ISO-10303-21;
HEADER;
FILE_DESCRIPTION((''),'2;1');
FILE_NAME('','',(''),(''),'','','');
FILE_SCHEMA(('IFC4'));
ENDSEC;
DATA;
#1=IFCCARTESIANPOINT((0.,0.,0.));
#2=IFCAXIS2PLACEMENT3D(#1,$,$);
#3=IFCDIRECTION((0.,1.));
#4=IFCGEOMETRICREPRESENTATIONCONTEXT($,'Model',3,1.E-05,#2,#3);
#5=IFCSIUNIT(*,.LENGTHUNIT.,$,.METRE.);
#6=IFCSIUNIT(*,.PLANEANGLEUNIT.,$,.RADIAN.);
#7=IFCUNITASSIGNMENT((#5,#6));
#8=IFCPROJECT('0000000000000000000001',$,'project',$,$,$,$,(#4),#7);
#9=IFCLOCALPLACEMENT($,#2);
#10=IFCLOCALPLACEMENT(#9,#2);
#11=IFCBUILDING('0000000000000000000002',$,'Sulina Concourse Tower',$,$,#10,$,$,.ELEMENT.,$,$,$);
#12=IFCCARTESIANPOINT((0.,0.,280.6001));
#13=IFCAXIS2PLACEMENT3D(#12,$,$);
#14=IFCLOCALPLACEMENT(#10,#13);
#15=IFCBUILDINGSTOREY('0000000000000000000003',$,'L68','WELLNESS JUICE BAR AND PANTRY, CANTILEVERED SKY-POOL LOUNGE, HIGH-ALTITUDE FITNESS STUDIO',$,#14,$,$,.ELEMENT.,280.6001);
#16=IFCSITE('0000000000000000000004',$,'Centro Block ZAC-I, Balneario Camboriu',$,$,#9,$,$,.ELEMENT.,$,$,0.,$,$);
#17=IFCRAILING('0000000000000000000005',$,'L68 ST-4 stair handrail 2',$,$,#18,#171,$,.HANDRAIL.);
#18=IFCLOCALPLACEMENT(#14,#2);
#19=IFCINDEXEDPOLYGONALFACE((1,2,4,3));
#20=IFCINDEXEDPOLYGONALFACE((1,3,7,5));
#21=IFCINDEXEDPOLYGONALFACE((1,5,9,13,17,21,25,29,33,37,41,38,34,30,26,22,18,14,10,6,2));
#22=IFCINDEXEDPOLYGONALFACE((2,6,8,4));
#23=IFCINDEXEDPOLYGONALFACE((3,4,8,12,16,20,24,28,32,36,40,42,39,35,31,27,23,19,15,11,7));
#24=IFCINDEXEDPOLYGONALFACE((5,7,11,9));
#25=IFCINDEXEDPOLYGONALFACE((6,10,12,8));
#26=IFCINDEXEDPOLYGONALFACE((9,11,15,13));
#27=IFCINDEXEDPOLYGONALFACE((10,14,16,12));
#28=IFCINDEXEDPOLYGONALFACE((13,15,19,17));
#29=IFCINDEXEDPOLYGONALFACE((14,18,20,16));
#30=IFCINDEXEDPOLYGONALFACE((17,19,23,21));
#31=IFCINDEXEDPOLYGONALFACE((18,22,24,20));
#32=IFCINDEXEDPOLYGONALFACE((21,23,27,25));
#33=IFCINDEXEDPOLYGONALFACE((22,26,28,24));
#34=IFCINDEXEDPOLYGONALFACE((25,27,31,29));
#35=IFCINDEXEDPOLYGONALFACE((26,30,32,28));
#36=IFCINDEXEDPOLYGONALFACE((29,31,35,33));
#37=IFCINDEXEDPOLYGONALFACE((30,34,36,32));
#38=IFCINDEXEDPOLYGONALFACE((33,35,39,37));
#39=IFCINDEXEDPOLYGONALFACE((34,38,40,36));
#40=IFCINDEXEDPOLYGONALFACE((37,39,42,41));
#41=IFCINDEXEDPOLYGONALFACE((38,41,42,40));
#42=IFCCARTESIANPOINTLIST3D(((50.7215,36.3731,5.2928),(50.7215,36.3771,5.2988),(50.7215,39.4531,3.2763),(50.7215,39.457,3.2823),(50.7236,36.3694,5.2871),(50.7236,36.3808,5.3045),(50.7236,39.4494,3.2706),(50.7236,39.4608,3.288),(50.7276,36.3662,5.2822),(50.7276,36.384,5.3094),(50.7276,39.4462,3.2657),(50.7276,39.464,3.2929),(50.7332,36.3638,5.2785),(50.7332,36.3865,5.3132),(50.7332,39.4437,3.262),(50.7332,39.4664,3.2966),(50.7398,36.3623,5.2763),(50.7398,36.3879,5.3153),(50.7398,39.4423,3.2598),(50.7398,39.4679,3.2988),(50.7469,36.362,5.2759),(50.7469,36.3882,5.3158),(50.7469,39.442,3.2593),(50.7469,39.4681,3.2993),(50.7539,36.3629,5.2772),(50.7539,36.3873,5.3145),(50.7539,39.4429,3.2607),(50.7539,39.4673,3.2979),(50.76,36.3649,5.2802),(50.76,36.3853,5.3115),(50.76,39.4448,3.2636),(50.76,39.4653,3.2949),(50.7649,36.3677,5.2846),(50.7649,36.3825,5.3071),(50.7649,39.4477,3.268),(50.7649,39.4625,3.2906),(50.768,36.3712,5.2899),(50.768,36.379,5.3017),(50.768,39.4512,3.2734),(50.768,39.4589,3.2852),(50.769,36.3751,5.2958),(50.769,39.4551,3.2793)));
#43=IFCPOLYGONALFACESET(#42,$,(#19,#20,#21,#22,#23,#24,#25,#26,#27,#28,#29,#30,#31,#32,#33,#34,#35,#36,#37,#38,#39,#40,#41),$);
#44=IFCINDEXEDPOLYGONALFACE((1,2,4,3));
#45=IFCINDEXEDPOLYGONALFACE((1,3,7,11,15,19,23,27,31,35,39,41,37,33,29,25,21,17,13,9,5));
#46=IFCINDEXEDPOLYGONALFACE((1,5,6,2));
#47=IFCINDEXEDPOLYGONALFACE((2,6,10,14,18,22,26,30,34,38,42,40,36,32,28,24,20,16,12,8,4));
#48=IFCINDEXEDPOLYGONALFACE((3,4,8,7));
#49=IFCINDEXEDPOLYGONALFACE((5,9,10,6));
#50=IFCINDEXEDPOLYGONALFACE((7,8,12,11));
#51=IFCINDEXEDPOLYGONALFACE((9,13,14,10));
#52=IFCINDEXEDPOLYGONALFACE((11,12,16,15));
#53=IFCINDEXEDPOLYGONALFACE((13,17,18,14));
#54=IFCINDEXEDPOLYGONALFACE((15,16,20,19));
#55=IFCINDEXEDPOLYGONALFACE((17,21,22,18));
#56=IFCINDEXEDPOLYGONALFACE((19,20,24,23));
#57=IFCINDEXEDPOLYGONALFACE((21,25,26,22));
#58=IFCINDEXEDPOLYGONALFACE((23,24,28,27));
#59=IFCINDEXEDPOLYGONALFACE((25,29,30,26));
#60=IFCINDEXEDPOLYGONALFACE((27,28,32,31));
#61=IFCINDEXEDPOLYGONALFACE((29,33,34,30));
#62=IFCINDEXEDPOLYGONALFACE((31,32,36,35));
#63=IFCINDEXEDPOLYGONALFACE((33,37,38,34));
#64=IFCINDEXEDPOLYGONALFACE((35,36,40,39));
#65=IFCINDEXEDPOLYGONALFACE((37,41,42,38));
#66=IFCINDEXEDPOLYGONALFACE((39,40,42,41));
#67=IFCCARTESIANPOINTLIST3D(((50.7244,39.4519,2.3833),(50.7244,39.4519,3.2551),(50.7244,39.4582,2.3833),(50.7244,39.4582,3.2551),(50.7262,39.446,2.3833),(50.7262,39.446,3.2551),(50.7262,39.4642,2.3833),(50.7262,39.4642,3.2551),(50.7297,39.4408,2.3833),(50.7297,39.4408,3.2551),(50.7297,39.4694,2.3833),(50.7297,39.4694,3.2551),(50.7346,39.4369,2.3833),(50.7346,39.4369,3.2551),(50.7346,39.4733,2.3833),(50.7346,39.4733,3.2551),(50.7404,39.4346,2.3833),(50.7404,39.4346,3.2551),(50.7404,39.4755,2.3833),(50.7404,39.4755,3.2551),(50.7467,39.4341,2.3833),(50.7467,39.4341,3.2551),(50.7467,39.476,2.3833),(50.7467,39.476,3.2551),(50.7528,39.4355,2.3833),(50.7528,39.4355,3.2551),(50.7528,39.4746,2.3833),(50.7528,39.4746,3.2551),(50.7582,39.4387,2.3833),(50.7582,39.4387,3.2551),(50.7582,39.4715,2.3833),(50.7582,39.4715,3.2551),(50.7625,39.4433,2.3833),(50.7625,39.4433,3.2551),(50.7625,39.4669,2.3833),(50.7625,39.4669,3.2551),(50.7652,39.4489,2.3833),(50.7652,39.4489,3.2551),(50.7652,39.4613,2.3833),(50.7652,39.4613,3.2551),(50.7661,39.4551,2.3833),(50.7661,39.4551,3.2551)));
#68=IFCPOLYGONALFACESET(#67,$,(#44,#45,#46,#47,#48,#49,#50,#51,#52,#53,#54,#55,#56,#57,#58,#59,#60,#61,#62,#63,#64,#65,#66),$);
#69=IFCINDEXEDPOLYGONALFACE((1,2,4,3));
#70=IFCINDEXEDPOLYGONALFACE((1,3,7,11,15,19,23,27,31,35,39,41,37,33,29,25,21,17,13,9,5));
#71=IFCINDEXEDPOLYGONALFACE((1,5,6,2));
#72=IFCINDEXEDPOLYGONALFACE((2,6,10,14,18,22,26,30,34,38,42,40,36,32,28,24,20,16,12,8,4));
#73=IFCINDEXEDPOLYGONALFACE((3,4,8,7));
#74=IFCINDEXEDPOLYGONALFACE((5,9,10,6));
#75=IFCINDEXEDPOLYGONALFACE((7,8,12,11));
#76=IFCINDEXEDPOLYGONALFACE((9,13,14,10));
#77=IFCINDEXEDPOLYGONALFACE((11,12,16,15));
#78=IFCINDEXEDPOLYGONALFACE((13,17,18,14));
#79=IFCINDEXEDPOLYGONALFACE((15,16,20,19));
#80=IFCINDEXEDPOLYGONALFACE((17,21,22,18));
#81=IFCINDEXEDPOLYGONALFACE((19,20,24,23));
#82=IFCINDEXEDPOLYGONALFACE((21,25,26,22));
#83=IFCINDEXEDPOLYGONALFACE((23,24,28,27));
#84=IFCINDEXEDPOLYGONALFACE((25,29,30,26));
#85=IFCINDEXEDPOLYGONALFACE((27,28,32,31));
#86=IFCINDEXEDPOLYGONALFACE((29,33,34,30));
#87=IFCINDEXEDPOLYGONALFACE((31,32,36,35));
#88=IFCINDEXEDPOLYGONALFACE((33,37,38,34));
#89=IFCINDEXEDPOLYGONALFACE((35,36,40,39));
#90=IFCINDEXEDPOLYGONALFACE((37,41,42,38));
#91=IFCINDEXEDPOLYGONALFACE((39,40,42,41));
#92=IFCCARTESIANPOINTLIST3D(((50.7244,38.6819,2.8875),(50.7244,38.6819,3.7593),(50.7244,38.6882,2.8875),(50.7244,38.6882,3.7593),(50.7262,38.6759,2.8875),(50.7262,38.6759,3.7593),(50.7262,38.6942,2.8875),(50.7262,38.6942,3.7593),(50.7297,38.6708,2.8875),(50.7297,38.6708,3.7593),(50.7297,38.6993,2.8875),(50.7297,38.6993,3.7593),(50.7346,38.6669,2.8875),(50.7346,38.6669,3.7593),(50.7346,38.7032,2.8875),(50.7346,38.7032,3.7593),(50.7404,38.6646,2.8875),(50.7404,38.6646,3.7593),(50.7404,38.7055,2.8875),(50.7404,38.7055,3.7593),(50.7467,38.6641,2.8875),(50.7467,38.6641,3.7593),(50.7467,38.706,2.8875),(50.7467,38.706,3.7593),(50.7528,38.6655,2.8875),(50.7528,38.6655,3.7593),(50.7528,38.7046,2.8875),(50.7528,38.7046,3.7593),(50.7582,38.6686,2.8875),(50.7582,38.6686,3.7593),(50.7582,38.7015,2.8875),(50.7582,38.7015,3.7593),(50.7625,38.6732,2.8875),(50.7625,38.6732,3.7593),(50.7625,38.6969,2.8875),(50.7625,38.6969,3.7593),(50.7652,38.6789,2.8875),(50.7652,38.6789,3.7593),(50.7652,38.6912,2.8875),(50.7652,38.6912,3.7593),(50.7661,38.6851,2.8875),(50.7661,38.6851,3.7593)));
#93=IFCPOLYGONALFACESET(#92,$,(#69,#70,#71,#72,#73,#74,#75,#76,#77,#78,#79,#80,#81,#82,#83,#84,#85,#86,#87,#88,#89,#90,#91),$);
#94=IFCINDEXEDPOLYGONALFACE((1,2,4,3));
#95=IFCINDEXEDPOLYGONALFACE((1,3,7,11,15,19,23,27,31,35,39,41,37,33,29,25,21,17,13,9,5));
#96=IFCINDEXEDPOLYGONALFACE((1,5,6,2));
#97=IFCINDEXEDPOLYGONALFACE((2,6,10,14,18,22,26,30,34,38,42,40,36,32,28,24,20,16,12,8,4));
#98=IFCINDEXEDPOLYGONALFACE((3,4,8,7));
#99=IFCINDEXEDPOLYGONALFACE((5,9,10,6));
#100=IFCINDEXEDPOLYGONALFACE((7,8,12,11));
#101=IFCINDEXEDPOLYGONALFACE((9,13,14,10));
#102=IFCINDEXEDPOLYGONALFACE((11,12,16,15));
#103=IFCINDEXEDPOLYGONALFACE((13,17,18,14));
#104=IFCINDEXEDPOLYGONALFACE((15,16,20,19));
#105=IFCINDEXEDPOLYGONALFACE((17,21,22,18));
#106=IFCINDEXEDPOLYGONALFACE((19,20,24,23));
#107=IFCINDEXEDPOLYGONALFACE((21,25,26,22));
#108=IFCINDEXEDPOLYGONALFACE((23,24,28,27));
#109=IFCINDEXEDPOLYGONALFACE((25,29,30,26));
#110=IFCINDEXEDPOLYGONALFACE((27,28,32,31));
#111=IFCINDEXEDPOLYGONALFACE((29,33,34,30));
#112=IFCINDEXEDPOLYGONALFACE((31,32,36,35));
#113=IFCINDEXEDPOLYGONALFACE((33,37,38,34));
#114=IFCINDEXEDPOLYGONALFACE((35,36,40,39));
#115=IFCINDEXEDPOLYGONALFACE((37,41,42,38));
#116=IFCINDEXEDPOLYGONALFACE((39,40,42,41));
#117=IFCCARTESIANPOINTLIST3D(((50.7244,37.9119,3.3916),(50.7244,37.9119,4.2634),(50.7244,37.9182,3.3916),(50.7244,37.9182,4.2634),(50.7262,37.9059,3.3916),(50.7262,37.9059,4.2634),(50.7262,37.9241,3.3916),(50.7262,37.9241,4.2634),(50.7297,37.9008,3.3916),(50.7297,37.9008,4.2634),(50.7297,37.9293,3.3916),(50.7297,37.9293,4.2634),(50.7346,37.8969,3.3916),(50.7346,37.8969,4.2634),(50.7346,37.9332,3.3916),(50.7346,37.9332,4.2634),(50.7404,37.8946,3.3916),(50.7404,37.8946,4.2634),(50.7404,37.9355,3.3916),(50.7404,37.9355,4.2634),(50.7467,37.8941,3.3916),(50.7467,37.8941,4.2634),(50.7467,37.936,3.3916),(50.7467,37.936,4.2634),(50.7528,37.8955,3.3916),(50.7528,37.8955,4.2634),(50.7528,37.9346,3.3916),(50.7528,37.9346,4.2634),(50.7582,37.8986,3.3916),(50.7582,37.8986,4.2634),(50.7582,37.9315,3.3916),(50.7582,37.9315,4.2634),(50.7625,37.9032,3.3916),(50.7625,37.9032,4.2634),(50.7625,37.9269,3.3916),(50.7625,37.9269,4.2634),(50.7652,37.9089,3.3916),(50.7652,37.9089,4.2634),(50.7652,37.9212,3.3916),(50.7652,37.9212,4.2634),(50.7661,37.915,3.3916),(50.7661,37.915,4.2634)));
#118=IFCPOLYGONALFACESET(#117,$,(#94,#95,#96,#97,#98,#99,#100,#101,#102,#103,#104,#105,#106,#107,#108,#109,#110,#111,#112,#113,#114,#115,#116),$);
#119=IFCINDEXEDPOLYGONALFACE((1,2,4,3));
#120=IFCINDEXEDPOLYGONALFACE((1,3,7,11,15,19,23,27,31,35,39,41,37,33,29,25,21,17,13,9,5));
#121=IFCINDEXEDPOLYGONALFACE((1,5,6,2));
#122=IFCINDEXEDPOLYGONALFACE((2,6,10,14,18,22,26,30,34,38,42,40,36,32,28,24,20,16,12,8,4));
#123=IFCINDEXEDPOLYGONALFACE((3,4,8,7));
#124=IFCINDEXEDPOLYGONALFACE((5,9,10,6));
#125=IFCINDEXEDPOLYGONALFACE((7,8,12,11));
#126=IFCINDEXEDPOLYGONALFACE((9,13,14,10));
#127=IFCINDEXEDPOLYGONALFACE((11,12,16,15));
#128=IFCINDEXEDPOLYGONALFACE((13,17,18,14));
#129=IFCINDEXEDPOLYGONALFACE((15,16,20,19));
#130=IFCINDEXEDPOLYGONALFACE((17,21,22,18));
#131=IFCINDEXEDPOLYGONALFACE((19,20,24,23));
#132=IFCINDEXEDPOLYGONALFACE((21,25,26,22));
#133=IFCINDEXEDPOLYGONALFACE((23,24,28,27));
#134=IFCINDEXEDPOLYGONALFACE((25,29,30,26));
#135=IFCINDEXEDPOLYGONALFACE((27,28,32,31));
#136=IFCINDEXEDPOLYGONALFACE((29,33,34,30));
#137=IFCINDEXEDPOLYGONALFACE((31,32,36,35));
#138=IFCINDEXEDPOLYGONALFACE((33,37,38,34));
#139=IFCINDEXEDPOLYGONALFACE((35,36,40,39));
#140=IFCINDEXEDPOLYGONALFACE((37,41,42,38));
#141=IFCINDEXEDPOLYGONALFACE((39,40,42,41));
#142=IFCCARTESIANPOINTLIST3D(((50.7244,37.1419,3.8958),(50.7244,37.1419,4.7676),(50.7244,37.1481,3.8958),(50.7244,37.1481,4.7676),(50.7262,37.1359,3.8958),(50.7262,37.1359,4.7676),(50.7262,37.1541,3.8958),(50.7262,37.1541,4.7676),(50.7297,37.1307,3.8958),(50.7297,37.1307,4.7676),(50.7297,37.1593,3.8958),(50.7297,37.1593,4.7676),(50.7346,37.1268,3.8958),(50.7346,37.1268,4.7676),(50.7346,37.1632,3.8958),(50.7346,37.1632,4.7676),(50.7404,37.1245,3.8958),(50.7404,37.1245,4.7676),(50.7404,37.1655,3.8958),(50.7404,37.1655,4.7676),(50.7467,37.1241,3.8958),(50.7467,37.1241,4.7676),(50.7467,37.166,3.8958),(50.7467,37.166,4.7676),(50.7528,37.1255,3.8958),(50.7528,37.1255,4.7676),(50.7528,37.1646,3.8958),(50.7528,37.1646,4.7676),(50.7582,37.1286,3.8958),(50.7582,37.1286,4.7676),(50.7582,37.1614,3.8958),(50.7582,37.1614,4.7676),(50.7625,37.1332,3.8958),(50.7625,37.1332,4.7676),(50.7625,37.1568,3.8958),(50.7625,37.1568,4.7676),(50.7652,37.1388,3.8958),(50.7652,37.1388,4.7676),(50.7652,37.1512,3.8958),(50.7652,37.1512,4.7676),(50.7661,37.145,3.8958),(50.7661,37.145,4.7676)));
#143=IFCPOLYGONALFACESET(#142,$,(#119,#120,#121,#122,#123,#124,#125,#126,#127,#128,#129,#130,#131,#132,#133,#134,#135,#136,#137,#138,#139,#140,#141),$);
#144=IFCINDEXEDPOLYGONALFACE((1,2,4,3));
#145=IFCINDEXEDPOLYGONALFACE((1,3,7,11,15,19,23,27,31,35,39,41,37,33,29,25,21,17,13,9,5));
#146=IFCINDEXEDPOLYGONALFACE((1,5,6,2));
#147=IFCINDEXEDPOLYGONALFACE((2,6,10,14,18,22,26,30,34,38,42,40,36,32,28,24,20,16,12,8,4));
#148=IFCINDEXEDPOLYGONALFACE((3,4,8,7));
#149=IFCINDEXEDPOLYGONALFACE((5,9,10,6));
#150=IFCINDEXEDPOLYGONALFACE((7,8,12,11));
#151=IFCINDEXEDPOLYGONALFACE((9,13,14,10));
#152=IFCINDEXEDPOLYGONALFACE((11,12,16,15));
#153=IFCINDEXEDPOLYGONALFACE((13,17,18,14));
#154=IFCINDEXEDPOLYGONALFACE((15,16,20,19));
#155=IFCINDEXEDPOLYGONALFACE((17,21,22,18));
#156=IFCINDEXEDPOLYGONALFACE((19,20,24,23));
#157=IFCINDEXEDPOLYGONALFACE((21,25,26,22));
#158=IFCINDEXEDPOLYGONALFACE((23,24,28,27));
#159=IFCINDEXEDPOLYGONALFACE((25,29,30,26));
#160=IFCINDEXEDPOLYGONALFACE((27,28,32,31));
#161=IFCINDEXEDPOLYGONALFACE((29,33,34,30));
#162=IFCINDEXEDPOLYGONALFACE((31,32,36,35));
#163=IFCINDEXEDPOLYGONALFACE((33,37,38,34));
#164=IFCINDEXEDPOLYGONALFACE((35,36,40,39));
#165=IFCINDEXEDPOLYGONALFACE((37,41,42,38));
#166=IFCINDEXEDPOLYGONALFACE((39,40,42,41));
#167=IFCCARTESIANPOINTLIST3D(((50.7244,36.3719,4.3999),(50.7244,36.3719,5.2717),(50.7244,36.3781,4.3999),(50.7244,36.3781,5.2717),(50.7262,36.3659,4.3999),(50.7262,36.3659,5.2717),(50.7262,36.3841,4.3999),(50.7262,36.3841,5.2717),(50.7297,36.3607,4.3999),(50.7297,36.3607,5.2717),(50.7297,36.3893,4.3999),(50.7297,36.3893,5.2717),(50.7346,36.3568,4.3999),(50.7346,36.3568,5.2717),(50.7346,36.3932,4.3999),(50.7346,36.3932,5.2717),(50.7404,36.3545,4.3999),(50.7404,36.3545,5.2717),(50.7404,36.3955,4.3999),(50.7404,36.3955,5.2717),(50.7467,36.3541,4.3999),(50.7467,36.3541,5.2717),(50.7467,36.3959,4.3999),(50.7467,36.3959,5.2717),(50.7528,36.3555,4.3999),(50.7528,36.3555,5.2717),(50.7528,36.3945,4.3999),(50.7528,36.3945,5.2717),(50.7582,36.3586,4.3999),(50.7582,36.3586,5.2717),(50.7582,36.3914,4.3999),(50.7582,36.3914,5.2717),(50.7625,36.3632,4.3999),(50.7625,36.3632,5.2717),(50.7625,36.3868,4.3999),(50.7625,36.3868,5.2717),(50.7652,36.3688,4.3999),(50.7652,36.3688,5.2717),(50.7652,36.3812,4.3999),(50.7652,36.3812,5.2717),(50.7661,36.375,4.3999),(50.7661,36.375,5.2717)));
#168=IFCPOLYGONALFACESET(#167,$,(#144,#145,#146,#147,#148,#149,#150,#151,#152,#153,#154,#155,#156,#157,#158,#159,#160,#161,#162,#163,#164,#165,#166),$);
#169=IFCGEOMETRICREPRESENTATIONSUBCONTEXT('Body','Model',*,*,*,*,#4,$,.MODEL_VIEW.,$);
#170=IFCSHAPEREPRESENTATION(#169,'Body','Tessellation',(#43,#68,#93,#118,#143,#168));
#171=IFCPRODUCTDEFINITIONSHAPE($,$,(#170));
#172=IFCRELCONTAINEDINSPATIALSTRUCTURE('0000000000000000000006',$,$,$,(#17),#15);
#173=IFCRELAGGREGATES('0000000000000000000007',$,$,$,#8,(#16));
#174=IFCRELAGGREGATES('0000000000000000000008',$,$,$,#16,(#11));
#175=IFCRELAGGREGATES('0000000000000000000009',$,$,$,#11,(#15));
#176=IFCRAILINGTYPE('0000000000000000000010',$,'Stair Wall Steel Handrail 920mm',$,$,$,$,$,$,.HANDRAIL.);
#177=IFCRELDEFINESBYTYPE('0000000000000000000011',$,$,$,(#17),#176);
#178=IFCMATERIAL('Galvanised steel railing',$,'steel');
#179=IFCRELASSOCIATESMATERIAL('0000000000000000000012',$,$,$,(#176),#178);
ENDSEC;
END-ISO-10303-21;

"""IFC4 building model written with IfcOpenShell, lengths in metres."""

from ifc_helpers import new_model, si_unit, direction, frame, origin, origin_2d, place, context, subcontext, project, spatial, circle, extrude, material, type_object, element, save


model = new_model("IFC4")

# Units and contexts
model_context = context("Model", 3, precision=1e-05, world=origin(), true_north=direction((0.0, 1.0)))
body_context = subcontext(model_context, "Body", "Model", "MODEL_VIEW")
ifc_project = project(units=[si_unit("LENGTHUNIT", "METRE"), si_unit("PLANEANGLEUNIT", "RADIAN")], contexts=[model_context])

# Site, building, storey
site_placement = place(None, origin())
site = spatial("IfcSite", under=ifc_project, at=site_placement, Name="Centro Block ZAC-I, Balneario Camboriu", CompositionType="ELEMENT", RefElevation=0.0)
building_placement = place(site_placement, origin())
building = spatial("IfcBuilding", under=site, at=building_placement, Name="Sulina Concourse Tower", CompositionType="ELEMENT")
storey_placement = place(building_placement, frame((0.0, 0.0, 280.6001)))
storey = spatial("IfcBuildingStorey", under=building, at=storey_placement, Name="L68", Description="WELLNESS JUICE BAR AND PANTRY, CANTILEVERED SKY-POOL LOUNGE, HIGH-ALTITUDE FITNESS STUDIO", CompositionType="ELEMENT", Elevation=280.6001)

# Railing
ifc_material_1 = material(Name="Galvanised steel railing", Category="steel")
railing_type_1 = type_object("IfcRailingType", Name="Stair Wall Steel Handrail 920mm", PredefinedType="HANDRAIL", material=ifc_material_1)
railing_1_placement = place(storey_placement, frame((50.7451, 39.4551, 2.3833)))
element("IfcRailing", 1, at=railing_1_placement, inside=storey, type_object=railing_type_1, Name="L68 ST-4 stair handrail 2", PredefinedType="HANDRAIL", context=body_context, shape_type="SweptSolid", body=[
    extrude(circle(Radius=0.0239, at=origin_2d()), frame((0.0, 0.0, 0.896), z_axis=(0.0, -0.836633, 0.547764), x_axis=(1.0, 0.0, 0.0)), (0.0, 0.0, 1.0), 3.6814),
    extrude(circle(Radius=0.021, at=origin_2d()), origin(), (0.0, 0.0, 1.0), 0.8718),
    extrude(circle(Radius=0.021, at=origin_2d()), frame((0.0, -0.77, 0.5042)), (0.0, 0.0, 1.0), 0.8718),
    extrude(circle(Radius=0.021, at=origin_2d()), frame((0.0, -1.54, 1.0083)), (0.0, 0.0, 1.0), 0.8718),
    extrude(circle(Radius=0.021, at=origin_2d()), frame((0.0, -2.3101, 1.5125)), (0.0, 0.0, 1.0), 0.8718),
    extrude(circle(Radius=0.021, at=origin_2d()), frame((0.0, -3.0801, 2.0166)), (0.0, 0.0, 1.0), 0.8718),
])

save(model, "model.ifc")
